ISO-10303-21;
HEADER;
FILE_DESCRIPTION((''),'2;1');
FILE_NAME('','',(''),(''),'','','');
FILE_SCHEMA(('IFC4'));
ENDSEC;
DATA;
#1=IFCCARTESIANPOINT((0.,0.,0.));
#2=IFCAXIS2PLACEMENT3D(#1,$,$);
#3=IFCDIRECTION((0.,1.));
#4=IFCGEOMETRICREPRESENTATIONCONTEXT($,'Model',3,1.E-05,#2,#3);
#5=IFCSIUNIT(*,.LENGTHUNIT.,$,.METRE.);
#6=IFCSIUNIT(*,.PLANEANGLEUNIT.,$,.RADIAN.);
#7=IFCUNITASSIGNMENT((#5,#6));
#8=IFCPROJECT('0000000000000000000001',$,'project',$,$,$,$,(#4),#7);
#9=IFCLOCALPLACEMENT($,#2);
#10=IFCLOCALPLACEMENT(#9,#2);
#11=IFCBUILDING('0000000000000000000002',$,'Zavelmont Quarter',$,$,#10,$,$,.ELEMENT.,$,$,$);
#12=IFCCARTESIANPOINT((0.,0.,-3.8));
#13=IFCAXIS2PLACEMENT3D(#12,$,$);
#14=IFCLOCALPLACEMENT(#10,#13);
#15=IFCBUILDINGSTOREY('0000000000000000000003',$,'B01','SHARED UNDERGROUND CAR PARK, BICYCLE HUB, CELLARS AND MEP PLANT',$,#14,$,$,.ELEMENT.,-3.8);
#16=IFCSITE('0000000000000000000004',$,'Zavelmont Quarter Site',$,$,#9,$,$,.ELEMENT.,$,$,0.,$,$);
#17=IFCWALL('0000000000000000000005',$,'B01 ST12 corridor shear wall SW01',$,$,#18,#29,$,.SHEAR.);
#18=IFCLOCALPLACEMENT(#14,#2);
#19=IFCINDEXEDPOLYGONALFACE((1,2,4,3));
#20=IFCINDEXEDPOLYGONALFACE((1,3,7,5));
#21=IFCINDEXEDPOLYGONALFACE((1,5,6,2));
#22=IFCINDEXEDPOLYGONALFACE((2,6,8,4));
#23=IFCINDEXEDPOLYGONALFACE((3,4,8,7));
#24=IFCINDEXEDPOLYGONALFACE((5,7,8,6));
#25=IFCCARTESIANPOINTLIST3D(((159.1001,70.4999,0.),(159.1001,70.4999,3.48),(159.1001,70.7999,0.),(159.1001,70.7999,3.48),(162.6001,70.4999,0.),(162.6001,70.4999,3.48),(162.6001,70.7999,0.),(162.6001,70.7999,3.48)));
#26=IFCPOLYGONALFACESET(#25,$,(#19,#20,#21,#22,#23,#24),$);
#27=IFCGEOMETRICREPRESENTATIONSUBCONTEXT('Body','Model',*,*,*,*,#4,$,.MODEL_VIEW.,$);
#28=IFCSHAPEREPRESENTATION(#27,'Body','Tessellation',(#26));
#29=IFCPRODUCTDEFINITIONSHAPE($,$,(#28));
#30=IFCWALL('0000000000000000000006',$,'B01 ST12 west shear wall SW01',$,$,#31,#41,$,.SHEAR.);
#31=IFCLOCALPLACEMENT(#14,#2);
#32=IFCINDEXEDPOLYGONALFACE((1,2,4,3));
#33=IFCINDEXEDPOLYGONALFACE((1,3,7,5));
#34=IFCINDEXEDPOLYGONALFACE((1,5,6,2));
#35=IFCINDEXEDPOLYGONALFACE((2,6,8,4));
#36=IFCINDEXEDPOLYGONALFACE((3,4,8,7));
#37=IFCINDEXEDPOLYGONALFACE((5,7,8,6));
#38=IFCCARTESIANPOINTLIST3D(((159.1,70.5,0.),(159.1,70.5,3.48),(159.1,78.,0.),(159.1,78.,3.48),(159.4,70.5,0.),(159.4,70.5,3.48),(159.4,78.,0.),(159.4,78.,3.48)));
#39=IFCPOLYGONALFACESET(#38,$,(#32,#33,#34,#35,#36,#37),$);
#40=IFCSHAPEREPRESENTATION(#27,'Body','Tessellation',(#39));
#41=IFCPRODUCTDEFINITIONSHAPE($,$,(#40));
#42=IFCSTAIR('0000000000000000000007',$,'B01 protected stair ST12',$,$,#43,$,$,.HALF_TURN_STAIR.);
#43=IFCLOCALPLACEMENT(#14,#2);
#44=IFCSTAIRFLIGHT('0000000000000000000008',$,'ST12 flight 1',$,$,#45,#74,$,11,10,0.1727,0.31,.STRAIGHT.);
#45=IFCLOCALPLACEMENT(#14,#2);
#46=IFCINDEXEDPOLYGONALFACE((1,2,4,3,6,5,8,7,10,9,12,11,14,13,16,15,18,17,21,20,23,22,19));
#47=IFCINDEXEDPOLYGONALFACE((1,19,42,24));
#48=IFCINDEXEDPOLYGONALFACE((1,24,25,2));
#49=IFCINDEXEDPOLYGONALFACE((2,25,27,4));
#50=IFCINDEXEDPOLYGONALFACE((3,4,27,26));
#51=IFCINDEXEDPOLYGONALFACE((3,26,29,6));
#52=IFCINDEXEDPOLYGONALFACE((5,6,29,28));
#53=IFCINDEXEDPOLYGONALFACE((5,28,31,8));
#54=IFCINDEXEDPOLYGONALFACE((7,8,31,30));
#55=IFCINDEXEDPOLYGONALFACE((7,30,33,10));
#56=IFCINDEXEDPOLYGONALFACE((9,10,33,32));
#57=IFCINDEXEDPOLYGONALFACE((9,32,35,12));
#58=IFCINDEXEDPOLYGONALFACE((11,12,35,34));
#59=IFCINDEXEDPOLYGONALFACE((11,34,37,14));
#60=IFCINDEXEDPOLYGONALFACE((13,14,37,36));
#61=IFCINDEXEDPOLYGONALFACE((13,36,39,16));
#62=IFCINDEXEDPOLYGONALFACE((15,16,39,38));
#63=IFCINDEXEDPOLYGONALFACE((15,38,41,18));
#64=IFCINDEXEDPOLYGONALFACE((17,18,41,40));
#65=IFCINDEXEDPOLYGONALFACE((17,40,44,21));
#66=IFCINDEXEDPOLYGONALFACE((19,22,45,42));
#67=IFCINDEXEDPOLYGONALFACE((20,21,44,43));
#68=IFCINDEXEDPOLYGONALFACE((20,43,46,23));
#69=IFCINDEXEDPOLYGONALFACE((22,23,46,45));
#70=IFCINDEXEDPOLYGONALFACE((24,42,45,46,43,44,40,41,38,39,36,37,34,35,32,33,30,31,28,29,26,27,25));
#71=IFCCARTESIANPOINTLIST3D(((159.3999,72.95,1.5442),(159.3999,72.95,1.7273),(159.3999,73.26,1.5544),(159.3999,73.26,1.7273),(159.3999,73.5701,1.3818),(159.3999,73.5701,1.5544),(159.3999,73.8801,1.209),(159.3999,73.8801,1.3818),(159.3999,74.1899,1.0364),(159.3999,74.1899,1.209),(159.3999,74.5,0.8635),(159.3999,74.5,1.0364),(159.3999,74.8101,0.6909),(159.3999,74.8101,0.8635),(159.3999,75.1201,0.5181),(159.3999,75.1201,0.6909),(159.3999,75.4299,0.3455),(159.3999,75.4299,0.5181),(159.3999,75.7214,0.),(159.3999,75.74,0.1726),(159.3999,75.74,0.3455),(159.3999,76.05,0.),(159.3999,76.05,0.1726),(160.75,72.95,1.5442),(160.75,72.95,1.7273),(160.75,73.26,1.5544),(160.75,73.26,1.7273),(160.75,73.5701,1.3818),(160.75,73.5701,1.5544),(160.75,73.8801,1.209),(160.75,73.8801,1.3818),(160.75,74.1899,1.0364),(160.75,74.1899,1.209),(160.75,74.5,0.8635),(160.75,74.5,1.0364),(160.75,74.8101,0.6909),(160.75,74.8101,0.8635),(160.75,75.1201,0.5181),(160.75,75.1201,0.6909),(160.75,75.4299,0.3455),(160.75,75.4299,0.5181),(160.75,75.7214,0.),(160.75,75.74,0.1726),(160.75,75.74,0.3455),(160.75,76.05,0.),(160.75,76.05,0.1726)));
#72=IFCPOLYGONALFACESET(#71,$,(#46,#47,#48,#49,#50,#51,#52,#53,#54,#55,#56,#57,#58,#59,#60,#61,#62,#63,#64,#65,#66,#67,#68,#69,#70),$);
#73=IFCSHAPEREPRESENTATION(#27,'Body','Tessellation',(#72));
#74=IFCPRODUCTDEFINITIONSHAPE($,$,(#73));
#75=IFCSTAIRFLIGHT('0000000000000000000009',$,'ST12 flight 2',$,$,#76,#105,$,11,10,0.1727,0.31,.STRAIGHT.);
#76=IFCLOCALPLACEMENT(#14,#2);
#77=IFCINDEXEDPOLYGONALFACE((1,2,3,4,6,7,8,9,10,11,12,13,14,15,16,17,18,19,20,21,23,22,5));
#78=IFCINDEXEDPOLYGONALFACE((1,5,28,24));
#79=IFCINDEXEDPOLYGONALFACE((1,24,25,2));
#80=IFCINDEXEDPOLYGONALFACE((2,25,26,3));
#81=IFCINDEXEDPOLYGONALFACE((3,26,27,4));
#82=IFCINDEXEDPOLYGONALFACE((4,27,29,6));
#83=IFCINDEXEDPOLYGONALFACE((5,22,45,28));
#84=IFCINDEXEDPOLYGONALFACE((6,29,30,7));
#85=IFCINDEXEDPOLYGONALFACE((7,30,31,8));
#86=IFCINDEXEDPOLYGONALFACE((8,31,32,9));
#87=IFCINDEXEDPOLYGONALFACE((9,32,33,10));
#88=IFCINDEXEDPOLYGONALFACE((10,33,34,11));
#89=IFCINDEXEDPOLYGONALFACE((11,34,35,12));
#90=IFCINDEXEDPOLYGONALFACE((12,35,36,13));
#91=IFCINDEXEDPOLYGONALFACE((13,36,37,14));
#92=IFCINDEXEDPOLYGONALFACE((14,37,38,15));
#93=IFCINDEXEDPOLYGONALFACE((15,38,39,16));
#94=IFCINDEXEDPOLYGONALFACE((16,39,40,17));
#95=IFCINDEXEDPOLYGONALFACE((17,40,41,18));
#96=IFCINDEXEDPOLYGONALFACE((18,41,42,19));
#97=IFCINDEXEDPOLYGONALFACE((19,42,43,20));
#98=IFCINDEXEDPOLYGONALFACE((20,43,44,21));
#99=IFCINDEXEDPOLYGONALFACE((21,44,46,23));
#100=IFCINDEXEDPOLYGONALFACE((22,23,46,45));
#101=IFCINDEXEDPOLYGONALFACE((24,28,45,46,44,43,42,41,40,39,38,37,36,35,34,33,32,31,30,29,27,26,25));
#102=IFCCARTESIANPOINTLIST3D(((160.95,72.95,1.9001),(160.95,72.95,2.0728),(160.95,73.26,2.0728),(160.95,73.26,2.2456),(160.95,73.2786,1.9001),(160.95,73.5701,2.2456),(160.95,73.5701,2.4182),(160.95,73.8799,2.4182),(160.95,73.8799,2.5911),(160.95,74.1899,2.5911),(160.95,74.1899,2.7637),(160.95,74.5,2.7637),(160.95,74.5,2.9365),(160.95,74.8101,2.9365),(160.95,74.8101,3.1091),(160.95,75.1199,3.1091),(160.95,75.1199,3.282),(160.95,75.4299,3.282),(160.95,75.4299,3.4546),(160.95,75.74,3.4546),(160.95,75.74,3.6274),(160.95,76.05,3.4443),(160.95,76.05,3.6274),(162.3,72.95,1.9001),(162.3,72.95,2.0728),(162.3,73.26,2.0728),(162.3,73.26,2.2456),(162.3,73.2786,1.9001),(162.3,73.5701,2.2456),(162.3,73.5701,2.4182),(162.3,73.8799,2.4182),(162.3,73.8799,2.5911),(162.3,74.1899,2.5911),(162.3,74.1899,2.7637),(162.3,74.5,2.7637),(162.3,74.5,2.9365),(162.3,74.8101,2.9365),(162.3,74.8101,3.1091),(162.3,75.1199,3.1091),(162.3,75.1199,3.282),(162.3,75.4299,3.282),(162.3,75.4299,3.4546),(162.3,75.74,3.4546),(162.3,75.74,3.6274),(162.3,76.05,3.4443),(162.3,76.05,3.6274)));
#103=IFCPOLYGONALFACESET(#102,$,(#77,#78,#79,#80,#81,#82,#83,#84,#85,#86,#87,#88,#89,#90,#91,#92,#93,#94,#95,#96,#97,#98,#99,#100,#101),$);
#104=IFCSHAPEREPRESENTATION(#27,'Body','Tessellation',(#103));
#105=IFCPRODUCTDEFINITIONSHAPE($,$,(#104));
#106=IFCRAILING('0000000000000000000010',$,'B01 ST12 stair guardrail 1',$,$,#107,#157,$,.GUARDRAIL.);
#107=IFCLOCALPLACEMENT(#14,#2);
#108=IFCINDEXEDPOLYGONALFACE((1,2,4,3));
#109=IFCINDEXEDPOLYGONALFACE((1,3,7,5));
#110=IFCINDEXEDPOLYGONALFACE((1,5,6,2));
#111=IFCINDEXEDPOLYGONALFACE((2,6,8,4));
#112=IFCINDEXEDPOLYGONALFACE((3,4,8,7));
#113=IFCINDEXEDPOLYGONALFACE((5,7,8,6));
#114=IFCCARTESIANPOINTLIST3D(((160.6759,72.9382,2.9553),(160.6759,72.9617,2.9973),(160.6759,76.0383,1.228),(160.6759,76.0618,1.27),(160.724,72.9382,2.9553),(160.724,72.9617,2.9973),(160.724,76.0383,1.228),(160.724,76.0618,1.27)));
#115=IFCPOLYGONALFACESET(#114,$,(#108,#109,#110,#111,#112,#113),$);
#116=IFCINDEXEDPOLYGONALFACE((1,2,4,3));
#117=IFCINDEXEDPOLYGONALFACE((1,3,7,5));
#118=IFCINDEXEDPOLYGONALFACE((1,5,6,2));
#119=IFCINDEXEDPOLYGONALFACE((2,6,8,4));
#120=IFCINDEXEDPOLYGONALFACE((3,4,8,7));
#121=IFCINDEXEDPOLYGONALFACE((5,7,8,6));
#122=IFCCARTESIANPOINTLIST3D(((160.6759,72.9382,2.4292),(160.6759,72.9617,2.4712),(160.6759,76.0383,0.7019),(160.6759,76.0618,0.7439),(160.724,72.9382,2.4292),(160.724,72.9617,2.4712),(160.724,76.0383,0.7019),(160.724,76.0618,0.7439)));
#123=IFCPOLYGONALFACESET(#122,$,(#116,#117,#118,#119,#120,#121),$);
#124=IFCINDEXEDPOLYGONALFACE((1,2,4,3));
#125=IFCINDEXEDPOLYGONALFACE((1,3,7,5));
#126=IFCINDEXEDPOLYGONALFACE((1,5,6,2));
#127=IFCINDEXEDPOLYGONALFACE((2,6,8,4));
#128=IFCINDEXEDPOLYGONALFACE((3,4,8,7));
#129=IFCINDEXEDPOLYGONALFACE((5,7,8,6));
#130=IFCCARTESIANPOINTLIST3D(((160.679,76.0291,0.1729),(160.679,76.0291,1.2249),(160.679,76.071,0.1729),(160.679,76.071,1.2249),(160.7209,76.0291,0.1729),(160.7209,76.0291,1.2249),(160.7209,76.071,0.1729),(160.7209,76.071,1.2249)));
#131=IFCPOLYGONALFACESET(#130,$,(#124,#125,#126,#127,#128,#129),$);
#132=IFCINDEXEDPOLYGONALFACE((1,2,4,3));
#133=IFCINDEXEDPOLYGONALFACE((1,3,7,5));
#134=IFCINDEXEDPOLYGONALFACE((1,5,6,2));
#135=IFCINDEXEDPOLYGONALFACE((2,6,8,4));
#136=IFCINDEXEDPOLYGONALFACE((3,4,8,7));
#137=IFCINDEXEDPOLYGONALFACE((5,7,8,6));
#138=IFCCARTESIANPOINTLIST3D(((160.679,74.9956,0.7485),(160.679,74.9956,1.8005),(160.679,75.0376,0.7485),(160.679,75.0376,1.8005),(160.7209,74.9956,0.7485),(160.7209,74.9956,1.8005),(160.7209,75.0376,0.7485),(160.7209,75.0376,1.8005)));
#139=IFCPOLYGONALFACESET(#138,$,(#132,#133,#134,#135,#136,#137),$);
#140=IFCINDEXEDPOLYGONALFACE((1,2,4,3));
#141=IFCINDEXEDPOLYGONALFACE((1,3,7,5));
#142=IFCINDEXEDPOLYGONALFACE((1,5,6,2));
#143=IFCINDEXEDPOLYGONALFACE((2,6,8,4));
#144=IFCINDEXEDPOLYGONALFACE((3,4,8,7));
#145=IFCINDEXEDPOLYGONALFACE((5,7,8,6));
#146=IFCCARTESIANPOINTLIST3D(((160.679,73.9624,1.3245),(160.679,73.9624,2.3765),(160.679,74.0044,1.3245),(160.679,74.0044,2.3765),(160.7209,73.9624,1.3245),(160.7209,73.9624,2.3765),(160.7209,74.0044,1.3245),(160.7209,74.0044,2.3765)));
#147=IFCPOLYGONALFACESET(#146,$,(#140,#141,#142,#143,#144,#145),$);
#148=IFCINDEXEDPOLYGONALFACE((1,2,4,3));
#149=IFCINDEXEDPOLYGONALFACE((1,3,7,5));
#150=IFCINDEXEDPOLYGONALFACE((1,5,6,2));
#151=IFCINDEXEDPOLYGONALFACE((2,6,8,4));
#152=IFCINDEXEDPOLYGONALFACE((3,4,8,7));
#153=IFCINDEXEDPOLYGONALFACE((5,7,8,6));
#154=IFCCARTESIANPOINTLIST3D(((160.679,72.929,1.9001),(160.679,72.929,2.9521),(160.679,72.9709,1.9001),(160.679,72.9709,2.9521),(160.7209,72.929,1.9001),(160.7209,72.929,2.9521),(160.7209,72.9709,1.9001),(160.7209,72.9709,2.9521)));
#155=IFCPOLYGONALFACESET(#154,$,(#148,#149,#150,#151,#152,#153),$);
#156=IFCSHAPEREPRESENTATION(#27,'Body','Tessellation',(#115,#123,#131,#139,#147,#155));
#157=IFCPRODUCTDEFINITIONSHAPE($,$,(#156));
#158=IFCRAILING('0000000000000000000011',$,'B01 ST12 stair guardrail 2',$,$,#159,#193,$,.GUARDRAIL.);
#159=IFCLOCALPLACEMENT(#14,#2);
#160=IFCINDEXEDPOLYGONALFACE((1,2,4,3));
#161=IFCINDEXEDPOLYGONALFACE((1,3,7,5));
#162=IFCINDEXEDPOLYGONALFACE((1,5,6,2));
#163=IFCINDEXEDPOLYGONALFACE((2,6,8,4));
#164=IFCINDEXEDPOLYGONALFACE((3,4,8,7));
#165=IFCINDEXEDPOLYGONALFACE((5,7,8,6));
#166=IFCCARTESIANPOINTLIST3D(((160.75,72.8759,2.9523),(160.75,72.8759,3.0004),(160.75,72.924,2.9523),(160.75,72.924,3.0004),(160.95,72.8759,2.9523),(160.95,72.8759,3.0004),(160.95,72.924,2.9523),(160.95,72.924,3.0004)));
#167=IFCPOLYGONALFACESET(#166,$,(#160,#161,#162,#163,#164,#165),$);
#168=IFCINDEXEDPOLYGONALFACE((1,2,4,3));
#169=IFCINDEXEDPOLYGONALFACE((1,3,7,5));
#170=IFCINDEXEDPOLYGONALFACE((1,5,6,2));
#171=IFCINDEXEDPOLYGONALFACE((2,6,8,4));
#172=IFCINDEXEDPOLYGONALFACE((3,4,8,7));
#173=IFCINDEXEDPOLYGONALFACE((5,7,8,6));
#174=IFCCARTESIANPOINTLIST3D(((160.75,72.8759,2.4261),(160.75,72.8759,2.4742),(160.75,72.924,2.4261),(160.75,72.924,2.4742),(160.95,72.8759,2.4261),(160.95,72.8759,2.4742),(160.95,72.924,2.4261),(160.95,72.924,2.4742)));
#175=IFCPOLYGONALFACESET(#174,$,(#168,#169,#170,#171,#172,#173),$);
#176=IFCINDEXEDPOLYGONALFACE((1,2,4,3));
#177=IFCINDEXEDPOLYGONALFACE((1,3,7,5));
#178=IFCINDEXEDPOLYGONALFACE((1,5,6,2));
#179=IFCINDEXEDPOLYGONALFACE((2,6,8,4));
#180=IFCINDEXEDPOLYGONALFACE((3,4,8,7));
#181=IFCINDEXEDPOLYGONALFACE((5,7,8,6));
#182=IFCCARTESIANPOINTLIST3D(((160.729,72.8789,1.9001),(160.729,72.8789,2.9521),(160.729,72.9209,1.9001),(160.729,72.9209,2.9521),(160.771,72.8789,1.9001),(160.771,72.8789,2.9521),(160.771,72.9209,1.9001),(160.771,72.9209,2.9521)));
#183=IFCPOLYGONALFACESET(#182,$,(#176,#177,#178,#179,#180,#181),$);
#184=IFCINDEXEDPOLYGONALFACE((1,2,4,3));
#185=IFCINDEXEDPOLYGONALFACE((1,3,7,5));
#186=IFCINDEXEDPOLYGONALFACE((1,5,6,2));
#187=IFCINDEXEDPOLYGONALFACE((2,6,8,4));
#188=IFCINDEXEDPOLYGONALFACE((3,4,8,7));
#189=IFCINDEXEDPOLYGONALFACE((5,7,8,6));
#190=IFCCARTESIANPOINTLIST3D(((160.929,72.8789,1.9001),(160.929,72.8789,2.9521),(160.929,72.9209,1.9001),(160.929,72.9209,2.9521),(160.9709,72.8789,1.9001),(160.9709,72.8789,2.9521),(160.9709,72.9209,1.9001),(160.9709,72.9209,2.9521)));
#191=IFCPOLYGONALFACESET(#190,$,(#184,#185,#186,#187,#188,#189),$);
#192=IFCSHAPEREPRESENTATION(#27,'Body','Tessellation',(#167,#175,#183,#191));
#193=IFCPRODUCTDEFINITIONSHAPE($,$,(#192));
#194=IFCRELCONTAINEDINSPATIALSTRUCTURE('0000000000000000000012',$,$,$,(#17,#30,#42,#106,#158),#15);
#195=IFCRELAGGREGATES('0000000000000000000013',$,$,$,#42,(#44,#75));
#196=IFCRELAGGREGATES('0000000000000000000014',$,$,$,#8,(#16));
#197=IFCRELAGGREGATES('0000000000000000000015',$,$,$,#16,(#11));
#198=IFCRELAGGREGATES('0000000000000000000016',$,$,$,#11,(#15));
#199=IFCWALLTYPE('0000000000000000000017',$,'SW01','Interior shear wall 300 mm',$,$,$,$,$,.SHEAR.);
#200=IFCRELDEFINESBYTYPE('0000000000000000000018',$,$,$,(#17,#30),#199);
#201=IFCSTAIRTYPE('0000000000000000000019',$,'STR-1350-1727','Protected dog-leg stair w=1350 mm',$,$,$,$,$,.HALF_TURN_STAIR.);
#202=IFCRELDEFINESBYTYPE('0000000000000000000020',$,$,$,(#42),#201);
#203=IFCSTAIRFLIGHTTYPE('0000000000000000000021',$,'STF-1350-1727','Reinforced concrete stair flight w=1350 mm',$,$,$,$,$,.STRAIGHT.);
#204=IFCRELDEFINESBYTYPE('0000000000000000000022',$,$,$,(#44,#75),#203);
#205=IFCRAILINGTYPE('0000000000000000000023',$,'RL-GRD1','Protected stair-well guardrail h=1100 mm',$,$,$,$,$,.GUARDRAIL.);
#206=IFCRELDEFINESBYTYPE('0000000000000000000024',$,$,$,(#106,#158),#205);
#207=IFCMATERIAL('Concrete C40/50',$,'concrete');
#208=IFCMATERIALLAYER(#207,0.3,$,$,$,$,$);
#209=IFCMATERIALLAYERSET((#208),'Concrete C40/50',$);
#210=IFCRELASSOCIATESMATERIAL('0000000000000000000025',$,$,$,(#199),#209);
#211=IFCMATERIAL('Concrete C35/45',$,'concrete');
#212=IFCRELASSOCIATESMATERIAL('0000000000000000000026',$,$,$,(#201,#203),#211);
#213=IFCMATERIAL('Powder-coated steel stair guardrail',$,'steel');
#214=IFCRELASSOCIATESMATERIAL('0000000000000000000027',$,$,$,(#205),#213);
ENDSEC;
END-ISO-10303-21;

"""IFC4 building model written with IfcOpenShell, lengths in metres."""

from ifc_helpers import new_model, si_unit, direction, frame, frame_2d, origin, origin_2d, place, context, subcontext, project, spatial, polyline, rectangle, outline, extrude, material, layer, layer_set, type_object, element, aggregate, save


model = new_model("IFC4")

# Units and contexts
model_context = context("Model", 3, precision=1e-05, world=origin(), true_north=direction((0.0, 1.0)))
body_context = subcontext(model_context, "Body", "Model", "MODEL_VIEW")
ifc_project = project(units=[si_unit("LENGTHUNIT", "METRE"), si_unit("PLANEANGLEUNIT", "RADIAN")], contexts=[model_context])

# Site, building, storey
site_placement = place(None, origin())
site = spatial("IfcSite", under=ifc_project, at=site_placement, Name="Zavelmont Quarter Site", CompositionType="ELEMENT", RefElevation=0.0)
building_placement = place(site_placement, origin())
building = spatial("IfcBuilding", under=site, at=building_placement, Name="Zavelmont Quarter", CompositionType="ELEMENT")
storey_placement = place(building_placement, frame((0.0, 0.0, -3.8)))
storey = spatial("IfcBuildingStorey", under=building, at=storey_placement, Name="B01", Description="SHARED UNDERGROUND CAR PARK, BICYCLE HUB, CELLARS AND MEP PLANT", CompositionType="ELEMENT", Elevation=-3.8)

# Shared definitions
ifc_material_1 = material(Name="Concrete C35/45", Category="concrete")

# Shared definitions
ifc_material_2 = material(Name="Concrete C40/50", Category="concrete")

# Walls
ifc_layer_1 = layer(ifc_material_2, 0.3)
ifc_layer_set_1 = layer_set([ifc_layer_1], Name="Concrete C40/50")
wall_type_1 = type_object("IfcWallType", Name="SW01", Description="Interior shear wall 300 mm", PredefinedType="SHEAR", material=ifc_layer_set_1)
for number, where, z_axis, x_axis, name in (
    (1, (159.1001, 70.6499, 0.0), (0.0, 0.0, 1.0), (1.0, 0.0, 0.0), "B01 ST12 corridor shear wall SW01"),
):
    element("IfcWall", number, at=place(storey_placement, frame(where, z_axis=z_axis, x_axis=x_axis)), inside=storey, type_object=wall_type_1, Name=name, PredefinedType="SHEAR", context=body_context, shape_type="SweptSolid", body=[
        extrude(rectangle(XDim=3.5, YDim=0.3, at=frame_2d((1.75, 0.0))), origin(), (0.0, 0.0, 1.0), 3.48),
    ])
wall_1_placement = place(storey_placement, frame((159.25, 70.5, 0.0), z_axis=(0.0, 0.0, 1.0), x_axis=(0.0, 1.0, 0.0)))
element("IfcWall", 2, at=wall_1_placement, inside=storey, type_object=wall_type_1, Name="B01 ST12 west shear wall SW01", PredefinedType="SHEAR", context=body_context, shape_type="SweptSolid", body=[
    extrude(rectangle(XDim=7.5, YDim=0.3, at=frame_2d((3.75, 0.0))), origin(), (0.0, 0.0, 1.0), 3.48),
])

# Stair, stair flights
stair_type = type_object("IfcStairType", Name="STR-1350-1727", Description="Protected dog-leg stair w=1350 mm", PredefinedType="HALF_TURN_STAIR", material=ifc_material_1)
stair_placement = place(storey_placement, origin())
stair = element("IfcStair", 3, at=stair_placement, inside=storey, type_object=stair_type, Name="B01 protected stair ST12", PredefinedType="HALF_TURN_STAIR")
stair_flight_type = type_object("IfcStairFlightType", Name="STF-1350-1727", Description="Reinforced concrete stair flight w=1350 mm", PredefinedType="STRAIGHT", material=ifc_material_1)
stair_flight_1_placement = place(storey_placement, frame((160.075, 76.05, 0.0), z_axis=(0.0, 0.0, 1.0), x_axis=(0.0, -1.0, 0.0)))
stair_flight_1 = element("IfcStairFlight", 4, at=stair_flight_1_placement, type_object=stair_flight_type, Name="ST12 flight 1", NumberOfRisers=11, NumberOfTreads=10, PredefinedType="STRAIGHT", RiserHeight=0.1727, TreadLength=0.31, context=body_context, shape_type="SweptSolid", body=[
    extrude(outline(polyline([(0.0, 0.0), (0.0, 0.1726), (0.3101, 0.1726), (0.3101, 0.3455), (0.6201, 0.3455), (0.6201, 0.5181), (0.9299, 0.5181), (0.9299, 0.6909), (1.24, 0.6909), (1.24, 0.8635), (1.55, 0.8635), (1.55, 1.0364), (1.8601, 1.0364), (1.8601, 1.209), (2.1699, 1.209), (2.1699, 1.3818), (2.48, 1.3818), (2.48, 1.5544), (2.79, 1.5544), (2.79, 1.7273), (3.1001, 1.7273), (3.1001, 1.8999), (3.1001, 1.5442), (0.3286, 0.0), (0.0, 0.0)])), frame((0.0, 0.675, 0.0), z_axis=(0.0, -1.0, 0.0), x_axis=(1.0, 0.0, 0.0)), (0.0, 0.0, 1.0), 1.3501),
])
stair_flight_2_placement = place(storey_placement, frame((161.625, 72.95, 1.9001), z_axis=(0.0, 0.0, 1.0), x_axis=(0.0, 1.0, 0.0)))
stair_flight_2 = element("IfcStairFlight", 5, at=stair_flight_2_placement, type_object=stair_flight_type, Name="ST12 flight 2", NumberOfRisers=11, NumberOfTreads=10, PredefinedType="STRAIGHT", RiserHeight=0.1727, TreadLength=0.31, context=body_context, shape_type="SweptSolid", body=[
    extrude(outline(polyline([(0.0, 0.0), (0.0, 0.1726), (0.3101, 0.1726), (0.3101, 0.3455), (0.6201, 0.3455), (0.6201, 0.5181), (0.9299, 0.5181), (0.9299, 0.6909), (1.24, 0.6909), (1.24, 0.8635), (1.55, 0.8635), (1.55, 1.0364), (1.8601, 1.0364), (1.8601, 1.209), (2.1699, 1.209), (2.1699, 1.3818), (2.48, 1.3818), (2.48, 1.5544), (2.79, 1.5544), (2.79, 1.7273), (3.1001, 1.7273), (3.1001, 1.8999), (3.1001, 1.5442), (0.3286, 0.0), (0.0, 0.0)])), frame((0.0, 0.675, 0.0), z_axis=(0.0, -1.0, 0.0), x_axis=(1.0, 0.0, 0.0)), (0.0, 0.0, 1.0), 1.3501),
])
aggregate(stair, [stair_flight_1, stair_flight_2])

# Railings
ifc_material_3 = material(Name="Powder-coated steel stair guardrail", Category="steel")
railing_type_1 = type_object("IfcRailingType", Name="RL-GRD1", Description="Protected stair-well guardrail h=1100 mm", PredefinedType="GUARDRAIL", material=ifc_material_3)
railing_1_placement = place(storey_placement, frame((160.7, 76.05, 0.1729)))
element("IfcRailing", 6, at=railing_1_placement, inside=storey, type_object=railing_type_1, Name="B01 ST12 stair guardrail 1", PredefinedType="GUARDRAIL", context=body_context, shape_type="SweptSolid", body=[
    extrude(rectangle(XDim=0.0481, YDim=0.0481, at=origin_2d()), frame((0.0, 0.0, 1.0762), z_axis=(0.0, -0.873556, 0.486723), x_axis=(1.0, 0.0, 0.0)), (0.0, 0.0, 1.0), 3.5488),
    extrude(rectangle(XDim=0.0481, YDim=0.0481, at=origin_2d()), frame((0.0, 0.0, 0.55), z_axis=(0.0, -0.873556, 0.486723), x_axis=(1.0, 0.0, 0.0)), (0.0, 0.0, 1.0), 3.5488),
    extrude(rectangle(XDim=0.042, YDim=0.042, at=origin_2d()), origin(), (0.0, 0.0, 1.0), 1.052),
    extrude(rectangle(XDim=0.042, YDim=0.042, at=origin_2d()), frame((0.0, -1.0334, 0.5757)), (0.0, 0.0, 1.0), 1.052),
    extrude(rectangle(XDim=0.042, YDim=0.042, at=origin_2d()), frame((0.0, -2.0667, 1.1516)), (0.0, 0.0, 1.0), 1.052),
    extrude(rectangle(XDim=0.042, YDim=0.042, at=origin_2d()), frame((0.0, -3.1001, 1.7273)), (0.0, 0.0, 1.0), 1.052),
])
railing_2_placement = place(storey_placement, frame((160.75, 72.8999, 1.9001)))
element("IfcRailing", 7, at=railing_2_placement, inside=storey, type_object=railing_type_1, Name="B01 ST12 stair guardrail 2", PredefinedType="GUARDRAIL", context=body_context, shape_type="SweptSolid", body=[
    extrude(rectangle(XDim=0.0481, YDim=0.0481, at=origin_2d()), frame((0.0, 0.0, 1.0762), z_axis=(1.0, 0.0, 0.0), x_axis=(0.0, 1.0, 0.0)), (0.0, 0.0, 1.0), 0.2),
    extrude(rectangle(XDim=0.0481, YDim=0.0481, at=origin_2d()), frame((0.0, 0.0, 0.55), z_axis=(1.0, 0.0, 0.0), x_axis=(0.0, 1.0, 0.0)), (0.0, 0.0, 1.0), 0.2),
    extrude(rectangle(XDim=0.042, YDim=0.042, at=origin_2d()), origin(), (0.0, 0.0, 1.0), 1.052),
    extrude(rectangle(XDim=0.042, YDim=0.042, at=origin_2d()), frame((0.2, 0.0, 0.0)), (0.0, 0.0, 1.0), 1.052),
])

save(model, "model.ifc")
